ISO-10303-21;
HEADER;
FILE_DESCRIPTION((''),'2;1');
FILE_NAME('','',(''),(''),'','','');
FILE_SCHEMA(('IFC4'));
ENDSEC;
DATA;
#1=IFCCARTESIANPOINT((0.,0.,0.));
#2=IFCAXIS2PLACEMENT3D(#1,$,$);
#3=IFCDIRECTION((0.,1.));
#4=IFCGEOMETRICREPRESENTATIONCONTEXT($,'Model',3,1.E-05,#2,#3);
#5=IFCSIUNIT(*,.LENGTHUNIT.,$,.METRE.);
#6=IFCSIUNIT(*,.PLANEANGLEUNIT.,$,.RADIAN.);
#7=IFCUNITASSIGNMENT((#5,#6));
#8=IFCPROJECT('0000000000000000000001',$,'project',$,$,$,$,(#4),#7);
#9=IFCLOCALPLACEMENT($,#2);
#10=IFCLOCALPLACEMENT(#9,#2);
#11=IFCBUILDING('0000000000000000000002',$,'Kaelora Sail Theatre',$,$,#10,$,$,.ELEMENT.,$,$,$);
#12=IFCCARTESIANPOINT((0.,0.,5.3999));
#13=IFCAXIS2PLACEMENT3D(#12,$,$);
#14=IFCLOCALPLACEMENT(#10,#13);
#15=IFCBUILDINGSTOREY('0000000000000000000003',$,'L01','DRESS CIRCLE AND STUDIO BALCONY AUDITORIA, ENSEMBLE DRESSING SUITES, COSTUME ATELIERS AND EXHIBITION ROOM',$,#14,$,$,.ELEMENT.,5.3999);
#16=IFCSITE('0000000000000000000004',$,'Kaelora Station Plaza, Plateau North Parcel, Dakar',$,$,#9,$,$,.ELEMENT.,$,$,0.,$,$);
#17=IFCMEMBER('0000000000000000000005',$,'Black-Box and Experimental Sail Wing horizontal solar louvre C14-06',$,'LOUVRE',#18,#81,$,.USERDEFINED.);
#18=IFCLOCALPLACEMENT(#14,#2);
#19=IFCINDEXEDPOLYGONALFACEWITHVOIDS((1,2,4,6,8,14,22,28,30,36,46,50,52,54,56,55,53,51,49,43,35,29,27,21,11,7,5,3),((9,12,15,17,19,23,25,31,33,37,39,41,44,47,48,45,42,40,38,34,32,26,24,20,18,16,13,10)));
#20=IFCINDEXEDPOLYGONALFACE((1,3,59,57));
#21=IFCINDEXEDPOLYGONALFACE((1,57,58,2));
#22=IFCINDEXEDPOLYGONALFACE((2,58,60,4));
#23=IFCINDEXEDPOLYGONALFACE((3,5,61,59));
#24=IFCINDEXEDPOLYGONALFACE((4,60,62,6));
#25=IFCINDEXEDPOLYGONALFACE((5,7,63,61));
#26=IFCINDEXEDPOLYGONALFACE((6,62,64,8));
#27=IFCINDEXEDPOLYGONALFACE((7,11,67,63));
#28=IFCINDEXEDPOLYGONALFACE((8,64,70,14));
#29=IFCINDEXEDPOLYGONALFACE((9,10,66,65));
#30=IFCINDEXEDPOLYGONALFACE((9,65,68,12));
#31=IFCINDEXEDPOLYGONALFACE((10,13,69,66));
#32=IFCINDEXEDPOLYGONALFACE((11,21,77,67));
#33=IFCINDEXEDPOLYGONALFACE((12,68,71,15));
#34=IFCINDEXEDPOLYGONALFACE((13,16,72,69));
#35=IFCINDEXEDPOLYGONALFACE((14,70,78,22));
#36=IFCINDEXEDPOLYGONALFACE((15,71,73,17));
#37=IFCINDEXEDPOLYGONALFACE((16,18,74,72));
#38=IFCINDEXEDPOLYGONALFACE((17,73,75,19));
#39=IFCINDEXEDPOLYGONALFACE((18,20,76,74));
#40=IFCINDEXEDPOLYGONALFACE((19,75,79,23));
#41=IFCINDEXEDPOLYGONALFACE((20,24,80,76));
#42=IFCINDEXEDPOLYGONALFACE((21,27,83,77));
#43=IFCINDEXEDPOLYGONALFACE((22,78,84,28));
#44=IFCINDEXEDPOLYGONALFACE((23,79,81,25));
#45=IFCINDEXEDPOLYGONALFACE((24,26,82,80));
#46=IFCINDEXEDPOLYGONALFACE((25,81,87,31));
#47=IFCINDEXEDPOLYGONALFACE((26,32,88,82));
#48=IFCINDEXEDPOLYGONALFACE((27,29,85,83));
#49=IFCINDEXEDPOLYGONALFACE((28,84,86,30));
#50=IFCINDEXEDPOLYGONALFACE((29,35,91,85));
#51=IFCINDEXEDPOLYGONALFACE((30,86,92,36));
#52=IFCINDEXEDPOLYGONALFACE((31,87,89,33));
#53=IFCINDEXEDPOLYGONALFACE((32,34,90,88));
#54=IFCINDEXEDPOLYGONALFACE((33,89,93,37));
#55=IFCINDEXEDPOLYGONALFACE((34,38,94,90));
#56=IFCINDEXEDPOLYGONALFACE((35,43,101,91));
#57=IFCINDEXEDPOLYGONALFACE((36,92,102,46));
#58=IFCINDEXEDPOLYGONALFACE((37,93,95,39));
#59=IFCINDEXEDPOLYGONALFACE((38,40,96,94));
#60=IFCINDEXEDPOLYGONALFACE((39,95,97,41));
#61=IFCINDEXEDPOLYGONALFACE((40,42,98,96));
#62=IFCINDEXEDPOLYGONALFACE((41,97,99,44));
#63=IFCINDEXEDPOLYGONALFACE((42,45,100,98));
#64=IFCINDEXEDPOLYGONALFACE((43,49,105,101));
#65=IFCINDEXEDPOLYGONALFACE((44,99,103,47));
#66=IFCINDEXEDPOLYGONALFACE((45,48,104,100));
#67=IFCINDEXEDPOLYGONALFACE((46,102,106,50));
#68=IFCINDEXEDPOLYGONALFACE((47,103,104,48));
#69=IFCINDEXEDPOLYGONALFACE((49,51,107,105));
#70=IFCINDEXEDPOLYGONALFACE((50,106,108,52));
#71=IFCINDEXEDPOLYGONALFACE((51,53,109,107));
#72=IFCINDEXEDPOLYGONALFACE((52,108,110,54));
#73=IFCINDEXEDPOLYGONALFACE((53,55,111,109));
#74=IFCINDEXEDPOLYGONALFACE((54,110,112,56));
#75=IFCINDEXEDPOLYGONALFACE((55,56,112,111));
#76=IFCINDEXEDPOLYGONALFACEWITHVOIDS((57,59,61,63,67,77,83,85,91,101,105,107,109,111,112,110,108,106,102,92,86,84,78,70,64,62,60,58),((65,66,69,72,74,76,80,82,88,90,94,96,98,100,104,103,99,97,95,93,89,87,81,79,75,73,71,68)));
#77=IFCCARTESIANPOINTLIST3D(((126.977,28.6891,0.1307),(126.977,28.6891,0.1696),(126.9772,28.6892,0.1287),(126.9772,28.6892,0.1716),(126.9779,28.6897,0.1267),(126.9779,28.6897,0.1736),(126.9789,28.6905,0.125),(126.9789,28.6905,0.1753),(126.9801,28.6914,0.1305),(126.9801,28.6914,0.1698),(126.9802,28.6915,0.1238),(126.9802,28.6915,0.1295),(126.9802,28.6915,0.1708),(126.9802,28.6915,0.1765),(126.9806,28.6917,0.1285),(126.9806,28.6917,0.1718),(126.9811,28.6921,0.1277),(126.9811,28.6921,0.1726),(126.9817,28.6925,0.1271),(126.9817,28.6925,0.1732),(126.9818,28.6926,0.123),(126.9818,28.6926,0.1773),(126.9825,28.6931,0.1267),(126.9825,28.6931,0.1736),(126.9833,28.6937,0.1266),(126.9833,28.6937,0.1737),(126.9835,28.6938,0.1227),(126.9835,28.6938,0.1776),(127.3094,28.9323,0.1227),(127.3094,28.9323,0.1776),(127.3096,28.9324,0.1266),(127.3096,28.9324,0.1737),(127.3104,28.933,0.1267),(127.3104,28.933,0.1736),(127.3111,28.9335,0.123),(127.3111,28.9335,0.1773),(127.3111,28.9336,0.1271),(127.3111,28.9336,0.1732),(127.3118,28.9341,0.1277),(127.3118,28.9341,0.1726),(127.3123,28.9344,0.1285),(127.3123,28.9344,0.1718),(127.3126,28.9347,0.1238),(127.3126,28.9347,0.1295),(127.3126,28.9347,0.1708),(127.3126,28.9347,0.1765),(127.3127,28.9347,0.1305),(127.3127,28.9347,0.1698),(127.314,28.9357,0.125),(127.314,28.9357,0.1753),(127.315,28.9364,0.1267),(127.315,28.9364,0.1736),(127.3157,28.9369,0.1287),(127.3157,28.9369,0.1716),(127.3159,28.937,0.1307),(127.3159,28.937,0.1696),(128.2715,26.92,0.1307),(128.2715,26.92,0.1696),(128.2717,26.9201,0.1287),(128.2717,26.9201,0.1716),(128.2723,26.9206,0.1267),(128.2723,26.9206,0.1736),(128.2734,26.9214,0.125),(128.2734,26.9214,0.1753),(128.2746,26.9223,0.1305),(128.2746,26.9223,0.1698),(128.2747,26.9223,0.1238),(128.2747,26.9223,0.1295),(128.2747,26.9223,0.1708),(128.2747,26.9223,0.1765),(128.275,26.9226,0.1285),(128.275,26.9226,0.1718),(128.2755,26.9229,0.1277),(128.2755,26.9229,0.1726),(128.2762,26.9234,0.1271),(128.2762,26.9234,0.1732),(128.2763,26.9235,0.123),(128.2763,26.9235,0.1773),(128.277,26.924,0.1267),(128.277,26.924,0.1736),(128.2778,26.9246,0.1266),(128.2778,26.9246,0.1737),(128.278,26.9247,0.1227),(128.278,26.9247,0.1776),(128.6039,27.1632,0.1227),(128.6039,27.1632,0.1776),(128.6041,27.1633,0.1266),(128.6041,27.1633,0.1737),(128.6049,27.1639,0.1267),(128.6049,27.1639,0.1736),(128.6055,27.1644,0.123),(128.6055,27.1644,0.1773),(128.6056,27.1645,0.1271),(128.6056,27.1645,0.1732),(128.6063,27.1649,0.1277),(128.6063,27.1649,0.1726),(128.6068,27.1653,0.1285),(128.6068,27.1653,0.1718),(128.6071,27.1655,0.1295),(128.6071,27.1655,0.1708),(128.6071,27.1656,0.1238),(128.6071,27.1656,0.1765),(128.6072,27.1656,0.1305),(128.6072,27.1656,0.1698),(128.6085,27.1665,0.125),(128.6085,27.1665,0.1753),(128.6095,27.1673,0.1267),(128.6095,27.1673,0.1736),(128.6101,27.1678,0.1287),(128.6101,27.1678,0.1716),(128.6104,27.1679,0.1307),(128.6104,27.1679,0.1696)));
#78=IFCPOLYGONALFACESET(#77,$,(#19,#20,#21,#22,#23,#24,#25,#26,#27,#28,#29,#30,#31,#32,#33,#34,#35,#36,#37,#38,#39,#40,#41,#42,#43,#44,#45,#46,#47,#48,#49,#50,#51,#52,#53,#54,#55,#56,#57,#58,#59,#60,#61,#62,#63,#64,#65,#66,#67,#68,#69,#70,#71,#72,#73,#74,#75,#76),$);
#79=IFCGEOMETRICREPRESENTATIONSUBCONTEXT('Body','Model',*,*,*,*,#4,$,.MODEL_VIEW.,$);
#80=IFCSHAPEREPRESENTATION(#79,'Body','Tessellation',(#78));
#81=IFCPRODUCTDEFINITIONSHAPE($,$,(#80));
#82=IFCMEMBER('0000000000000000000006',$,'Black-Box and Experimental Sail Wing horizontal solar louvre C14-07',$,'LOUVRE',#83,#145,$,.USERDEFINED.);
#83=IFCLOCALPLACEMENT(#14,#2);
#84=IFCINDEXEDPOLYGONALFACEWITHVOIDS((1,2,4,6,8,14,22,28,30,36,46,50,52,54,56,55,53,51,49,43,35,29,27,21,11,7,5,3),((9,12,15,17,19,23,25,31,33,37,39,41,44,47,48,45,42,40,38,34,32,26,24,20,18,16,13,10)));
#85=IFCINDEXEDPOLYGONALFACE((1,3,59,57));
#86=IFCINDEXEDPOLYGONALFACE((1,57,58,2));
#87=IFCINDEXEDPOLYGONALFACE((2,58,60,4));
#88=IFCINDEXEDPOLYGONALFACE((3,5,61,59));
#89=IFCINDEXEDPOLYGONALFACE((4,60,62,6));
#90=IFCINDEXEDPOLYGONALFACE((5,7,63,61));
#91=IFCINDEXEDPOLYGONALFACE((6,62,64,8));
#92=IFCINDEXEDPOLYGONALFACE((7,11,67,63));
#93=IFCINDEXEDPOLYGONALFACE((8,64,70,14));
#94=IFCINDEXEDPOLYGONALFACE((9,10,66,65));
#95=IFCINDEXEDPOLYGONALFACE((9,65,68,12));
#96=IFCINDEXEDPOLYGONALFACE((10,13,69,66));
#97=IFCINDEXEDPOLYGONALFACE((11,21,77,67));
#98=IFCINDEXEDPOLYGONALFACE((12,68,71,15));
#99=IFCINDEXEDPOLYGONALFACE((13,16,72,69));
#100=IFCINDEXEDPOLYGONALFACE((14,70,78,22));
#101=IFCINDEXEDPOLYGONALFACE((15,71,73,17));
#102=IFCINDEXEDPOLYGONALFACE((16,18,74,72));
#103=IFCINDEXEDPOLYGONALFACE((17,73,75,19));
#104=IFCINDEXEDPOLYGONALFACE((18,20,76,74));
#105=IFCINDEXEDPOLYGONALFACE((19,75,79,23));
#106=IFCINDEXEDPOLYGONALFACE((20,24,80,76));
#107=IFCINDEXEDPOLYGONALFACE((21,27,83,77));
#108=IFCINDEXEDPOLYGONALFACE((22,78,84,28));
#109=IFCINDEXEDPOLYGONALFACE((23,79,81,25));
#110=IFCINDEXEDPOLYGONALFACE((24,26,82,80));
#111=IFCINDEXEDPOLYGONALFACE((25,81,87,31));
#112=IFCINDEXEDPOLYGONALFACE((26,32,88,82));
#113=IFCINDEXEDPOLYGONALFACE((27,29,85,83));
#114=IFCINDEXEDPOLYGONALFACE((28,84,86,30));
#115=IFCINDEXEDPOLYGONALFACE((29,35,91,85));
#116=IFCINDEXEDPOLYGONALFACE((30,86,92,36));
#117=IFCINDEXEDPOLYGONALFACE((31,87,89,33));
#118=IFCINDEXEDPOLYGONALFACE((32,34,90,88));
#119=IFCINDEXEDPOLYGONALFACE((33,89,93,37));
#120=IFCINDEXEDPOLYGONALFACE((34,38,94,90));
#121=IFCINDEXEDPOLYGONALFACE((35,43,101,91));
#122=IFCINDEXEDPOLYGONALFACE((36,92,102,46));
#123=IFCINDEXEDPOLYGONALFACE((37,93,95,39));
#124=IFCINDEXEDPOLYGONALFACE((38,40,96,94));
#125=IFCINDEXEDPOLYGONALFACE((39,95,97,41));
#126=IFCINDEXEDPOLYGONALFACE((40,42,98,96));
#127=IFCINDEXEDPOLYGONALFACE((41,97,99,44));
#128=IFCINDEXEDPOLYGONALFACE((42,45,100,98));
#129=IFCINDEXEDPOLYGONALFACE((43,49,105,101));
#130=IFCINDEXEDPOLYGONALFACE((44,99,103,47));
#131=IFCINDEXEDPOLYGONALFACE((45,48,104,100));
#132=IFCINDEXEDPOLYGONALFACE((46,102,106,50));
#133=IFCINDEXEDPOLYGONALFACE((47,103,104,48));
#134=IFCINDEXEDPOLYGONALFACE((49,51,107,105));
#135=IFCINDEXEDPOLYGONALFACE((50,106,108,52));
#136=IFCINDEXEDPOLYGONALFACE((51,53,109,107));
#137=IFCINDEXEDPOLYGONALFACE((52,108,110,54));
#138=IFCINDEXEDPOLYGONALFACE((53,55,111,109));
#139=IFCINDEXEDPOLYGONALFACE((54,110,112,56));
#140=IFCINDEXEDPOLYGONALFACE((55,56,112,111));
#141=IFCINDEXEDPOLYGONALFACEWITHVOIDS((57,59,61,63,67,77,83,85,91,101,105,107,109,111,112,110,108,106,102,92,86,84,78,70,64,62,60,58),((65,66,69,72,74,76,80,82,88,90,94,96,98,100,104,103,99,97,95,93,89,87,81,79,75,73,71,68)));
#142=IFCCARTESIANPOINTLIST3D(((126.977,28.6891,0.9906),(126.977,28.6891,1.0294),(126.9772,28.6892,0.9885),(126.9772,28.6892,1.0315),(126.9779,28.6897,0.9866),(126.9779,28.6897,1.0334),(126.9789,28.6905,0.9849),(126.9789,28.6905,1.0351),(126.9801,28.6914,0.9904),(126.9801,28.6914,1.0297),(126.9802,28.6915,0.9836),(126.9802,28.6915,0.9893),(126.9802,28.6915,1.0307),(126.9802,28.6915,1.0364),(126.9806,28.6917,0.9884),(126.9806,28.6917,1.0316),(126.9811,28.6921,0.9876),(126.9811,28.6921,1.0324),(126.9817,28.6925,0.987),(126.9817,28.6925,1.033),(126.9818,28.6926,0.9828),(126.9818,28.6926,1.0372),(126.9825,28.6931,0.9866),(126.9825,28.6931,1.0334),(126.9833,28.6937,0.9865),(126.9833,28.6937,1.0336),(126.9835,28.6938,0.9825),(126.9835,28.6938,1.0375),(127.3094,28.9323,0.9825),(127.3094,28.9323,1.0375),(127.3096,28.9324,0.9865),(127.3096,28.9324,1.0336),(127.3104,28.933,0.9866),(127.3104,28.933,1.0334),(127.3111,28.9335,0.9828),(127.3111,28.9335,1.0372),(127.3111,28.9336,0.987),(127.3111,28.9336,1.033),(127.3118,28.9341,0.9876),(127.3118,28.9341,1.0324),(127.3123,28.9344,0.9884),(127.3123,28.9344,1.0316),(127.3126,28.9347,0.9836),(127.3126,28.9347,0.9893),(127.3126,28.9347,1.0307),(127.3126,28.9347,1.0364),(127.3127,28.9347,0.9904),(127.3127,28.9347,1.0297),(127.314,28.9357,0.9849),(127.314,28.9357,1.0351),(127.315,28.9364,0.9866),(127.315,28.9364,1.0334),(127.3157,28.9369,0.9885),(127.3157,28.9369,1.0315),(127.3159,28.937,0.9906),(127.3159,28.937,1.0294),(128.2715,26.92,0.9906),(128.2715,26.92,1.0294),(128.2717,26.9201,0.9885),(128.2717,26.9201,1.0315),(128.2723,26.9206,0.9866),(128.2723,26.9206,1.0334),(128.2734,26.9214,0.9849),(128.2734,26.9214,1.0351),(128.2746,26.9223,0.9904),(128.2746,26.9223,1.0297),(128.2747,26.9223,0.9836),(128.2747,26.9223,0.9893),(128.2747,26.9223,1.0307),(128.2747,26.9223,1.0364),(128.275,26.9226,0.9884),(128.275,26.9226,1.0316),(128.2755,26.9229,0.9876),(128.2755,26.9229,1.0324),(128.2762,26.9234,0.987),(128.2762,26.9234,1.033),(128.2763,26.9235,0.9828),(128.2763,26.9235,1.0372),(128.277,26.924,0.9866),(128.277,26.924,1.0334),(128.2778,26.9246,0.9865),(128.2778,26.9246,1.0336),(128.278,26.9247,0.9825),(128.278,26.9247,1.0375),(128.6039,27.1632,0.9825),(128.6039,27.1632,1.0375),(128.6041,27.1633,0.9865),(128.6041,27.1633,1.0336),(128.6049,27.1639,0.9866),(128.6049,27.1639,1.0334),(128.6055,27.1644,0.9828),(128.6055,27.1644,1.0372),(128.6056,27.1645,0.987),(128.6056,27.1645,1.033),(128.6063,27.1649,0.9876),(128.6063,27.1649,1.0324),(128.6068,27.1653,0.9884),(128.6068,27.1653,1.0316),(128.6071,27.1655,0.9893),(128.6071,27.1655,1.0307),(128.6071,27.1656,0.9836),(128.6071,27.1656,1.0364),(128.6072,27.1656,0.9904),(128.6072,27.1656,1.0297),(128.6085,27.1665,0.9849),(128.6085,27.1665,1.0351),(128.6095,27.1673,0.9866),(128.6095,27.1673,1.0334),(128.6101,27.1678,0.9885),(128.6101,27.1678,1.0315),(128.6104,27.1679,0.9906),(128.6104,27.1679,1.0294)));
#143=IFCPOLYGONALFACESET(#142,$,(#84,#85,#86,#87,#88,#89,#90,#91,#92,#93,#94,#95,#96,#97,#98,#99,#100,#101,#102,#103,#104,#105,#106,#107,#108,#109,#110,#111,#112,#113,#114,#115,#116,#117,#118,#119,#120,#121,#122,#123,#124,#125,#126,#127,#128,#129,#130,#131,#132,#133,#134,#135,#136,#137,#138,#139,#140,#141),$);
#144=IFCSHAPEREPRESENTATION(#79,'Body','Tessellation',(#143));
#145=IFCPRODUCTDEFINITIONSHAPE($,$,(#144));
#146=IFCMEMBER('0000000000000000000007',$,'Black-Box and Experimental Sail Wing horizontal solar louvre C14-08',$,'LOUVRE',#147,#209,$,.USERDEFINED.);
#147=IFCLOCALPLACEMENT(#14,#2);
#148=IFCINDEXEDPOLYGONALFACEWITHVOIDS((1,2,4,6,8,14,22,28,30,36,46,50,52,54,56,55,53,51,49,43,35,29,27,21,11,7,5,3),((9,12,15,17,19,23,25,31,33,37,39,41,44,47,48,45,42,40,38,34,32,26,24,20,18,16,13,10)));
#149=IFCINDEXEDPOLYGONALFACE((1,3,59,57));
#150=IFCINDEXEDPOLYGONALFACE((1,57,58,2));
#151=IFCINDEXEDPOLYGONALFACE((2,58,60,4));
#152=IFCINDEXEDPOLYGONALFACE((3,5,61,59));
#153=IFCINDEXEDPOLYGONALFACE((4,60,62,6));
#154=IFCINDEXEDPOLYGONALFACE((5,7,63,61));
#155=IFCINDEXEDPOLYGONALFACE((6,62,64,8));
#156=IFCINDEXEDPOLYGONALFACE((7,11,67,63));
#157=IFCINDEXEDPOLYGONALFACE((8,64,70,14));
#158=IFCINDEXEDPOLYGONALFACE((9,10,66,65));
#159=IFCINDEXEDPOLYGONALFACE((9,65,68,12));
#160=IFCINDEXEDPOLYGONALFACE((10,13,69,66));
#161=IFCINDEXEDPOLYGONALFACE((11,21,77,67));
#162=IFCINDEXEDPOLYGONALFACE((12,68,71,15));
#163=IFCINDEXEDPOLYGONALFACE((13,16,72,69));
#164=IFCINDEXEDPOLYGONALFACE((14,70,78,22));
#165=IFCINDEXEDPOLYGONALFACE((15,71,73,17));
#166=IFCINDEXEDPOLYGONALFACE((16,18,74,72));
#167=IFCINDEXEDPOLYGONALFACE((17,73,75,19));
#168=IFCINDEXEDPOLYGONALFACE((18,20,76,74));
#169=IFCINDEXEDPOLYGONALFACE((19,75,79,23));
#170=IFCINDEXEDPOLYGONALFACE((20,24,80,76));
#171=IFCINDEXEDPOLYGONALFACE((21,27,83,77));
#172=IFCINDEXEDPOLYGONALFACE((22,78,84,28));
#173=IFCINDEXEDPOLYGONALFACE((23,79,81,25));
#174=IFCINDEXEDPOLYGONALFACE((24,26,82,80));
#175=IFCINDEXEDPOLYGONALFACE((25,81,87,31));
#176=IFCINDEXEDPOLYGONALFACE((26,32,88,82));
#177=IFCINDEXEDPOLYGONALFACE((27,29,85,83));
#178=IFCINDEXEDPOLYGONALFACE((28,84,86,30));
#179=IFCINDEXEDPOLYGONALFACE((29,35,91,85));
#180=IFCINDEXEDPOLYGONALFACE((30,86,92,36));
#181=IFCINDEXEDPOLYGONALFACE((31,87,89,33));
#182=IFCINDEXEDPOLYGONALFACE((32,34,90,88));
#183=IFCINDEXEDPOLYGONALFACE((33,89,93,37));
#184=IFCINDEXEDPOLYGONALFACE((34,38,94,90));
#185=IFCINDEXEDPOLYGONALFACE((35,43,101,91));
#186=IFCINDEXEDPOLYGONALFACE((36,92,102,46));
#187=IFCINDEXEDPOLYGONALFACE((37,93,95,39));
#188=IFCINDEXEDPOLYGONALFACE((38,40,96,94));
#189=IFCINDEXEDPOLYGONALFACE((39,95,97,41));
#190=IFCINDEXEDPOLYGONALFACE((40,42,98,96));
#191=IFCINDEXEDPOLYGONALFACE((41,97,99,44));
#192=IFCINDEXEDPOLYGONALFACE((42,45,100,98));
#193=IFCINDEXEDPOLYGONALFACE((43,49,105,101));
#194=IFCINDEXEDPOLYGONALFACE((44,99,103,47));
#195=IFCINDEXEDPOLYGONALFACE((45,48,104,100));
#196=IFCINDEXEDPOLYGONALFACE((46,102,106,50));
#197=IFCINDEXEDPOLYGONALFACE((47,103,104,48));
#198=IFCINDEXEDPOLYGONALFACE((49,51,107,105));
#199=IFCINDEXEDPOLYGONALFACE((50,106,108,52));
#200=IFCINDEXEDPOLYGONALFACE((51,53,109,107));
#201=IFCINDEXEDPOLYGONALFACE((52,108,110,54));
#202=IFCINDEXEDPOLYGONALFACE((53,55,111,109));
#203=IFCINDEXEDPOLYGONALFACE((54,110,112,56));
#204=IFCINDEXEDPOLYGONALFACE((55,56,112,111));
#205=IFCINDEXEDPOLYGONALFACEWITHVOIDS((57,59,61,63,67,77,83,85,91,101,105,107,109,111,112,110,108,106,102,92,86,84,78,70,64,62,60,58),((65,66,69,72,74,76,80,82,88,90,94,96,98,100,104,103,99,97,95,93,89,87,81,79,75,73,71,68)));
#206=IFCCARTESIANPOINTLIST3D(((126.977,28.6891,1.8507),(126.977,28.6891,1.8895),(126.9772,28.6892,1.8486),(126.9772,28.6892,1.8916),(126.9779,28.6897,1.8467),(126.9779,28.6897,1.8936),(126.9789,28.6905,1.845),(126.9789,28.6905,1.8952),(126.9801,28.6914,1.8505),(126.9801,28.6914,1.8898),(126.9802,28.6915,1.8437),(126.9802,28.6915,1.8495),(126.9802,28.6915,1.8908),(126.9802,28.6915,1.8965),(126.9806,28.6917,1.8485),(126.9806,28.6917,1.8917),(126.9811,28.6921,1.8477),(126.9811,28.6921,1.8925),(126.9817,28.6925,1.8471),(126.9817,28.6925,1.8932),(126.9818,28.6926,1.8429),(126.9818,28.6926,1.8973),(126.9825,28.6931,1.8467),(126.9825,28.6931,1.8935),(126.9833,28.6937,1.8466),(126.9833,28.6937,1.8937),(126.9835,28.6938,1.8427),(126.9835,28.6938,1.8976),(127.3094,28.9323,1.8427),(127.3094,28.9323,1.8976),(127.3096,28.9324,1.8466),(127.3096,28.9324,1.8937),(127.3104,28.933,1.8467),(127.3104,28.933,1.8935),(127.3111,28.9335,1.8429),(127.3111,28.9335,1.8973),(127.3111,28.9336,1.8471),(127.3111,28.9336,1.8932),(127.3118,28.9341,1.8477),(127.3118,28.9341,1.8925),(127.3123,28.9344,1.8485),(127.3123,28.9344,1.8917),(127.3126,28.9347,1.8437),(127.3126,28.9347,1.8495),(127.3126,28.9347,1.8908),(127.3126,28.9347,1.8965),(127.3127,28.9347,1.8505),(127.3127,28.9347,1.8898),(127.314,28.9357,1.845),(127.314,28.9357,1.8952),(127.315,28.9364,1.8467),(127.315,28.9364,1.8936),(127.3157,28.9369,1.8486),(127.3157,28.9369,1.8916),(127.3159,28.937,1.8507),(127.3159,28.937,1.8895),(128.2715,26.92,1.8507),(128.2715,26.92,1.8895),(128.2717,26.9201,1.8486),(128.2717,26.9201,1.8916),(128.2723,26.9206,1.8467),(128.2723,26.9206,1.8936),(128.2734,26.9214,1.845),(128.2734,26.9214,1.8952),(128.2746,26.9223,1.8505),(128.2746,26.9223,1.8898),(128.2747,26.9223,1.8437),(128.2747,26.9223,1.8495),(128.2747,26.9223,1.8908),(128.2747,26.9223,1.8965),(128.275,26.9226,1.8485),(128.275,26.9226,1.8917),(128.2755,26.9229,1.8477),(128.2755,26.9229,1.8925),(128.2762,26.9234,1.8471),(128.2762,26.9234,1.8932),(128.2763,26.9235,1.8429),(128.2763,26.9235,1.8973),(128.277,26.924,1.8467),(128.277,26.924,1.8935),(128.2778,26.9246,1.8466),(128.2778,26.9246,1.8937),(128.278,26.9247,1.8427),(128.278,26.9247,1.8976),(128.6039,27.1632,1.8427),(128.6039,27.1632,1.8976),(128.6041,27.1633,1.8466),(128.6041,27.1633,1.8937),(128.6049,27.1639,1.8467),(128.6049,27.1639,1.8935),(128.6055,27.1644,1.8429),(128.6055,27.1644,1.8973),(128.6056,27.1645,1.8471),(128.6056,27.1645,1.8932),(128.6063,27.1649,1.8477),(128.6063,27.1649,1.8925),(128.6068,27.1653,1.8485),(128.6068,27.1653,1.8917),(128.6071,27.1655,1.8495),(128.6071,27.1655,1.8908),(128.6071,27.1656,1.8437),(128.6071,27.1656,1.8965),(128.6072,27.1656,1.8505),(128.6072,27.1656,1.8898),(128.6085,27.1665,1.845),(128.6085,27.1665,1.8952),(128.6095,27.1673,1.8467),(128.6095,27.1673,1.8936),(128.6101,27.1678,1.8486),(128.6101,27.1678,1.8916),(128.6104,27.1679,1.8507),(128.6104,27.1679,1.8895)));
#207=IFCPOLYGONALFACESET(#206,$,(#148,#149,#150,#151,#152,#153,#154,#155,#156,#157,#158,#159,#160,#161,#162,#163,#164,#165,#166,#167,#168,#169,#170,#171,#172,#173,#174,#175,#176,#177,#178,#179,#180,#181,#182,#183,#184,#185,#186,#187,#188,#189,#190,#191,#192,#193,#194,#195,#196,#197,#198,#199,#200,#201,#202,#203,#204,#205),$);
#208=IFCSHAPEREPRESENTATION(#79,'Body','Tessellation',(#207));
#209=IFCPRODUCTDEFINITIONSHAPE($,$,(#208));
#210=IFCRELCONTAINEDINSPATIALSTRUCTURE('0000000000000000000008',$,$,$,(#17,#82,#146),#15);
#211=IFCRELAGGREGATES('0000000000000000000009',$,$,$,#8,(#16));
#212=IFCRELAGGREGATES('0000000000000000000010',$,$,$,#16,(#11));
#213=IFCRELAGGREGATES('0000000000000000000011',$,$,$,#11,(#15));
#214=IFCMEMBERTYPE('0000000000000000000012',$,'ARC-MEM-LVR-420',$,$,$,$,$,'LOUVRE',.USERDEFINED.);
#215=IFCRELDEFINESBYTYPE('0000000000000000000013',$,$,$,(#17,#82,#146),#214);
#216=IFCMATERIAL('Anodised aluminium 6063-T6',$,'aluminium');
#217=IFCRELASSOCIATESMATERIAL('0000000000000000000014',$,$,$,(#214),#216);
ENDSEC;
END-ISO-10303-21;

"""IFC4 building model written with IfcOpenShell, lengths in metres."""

from ifc_helpers import new_model, si_unit, direction, frame, origin, origin_2d, place, context, subcontext, project, spatial, hollow_rectangle, extrude, material, material_profile, profile_set, type_object, element, save


model = new_model("IFC4")

# Units and contexts
model_context = context("Model", 3, precision=1e-05, world=origin(), true_north=direction((0.0, 1.0)))
body_context = subcontext(model_context, "Body", "Model", "MODEL_VIEW")
ifc_project = project(units=[si_unit("LENGTHUNIT", "METRE"), si_unit("PLANEANGLEUNIT", "RADIAN")], contexts=[model_context])

# Site, building, storey
site_placement = place(None, origin())
site = spatial("IfcSite", under=ifc_project, at=site_placement, Name="Kaelora Station Plaza, Plateau North Parcel, Dakar", CompositionType="ELEMENT", RefElevation=0.0)
building_placement = place(site_placement, origin())
building = spatial("IfcBuilding", under=site, at=building_placement, Name="Kaelora Sail Theatre", CompositionType="ELEMENT")
storey_placement = place(building_placement, frame((0.0, 0.0, 5.3999)))
storey = spatial("IfcBuildingStorey", under=building, at=storey_placement, Name="L01", Description="DRESS CIRCLE AND STUDIO BALCONY AUDITORIA, ENSEMBLE DRESSING SUITES, COSTUME ATELIERS AND EXHIBITION ROOM", CompositionType="ELEMENT", Elevation=5.3999)

# Members
ifc_material_1 = material(Name="Anodised aluminium 6063-T6", Category="aluminium")
ifc_material_profile_1 = material_profile(ifc_material_1, hollow_rectangle(XDim=0.4199, YDim=0.0549, WallThickness=0.0039, InnerFilletRadius=0.0039, OuterFilletRadius=0.0081, at=origin_2d()), Name="LOUVRE 420x55x4")
ifc_profile_set_1 = profile_set([ifc_material_profile_1], Name="Anodised aluminium 6063-T6")
member_type = type_object("IfcMemberType", Name="ARC-MEM-LVR-420", ElementType="LOUVRE", PredefinedType="USERDEFINED", material=ifc_profile_set_1)
for number, where, z_axis, x_axis, name in (
    (1, (128.4409, 27.0439, 0.1501), (-0.590514, 0.807028, 0.0), (-0.807028, -0.590514, 0.0), "Black-Box and Experimental Sail Wing horizontal solar louvre C14-06"),
    (2, (128.4409, 27.0439, 1.01), (-0.590514, 0.807028, 0.0), (-0.807028, -0.590514, 0.0), "Black-Box and Experimental Sail Wing horizontal solar louvre C14-07"),
    (3, (128.4409, 27.0439, 1.8701), (-0.590514, 0.807028, 0.0), (-0.807028, -0.590514, 0.0), "Black-Box and Experimental Sail Wing horizontal solar louvre C14-08"),
):
    element("IfcMember", number, at=place(storey_placement, frame(where, z_axis=z_axis, x_axis=x_axis)), inside=storey, type_object=member_type, Name=name, ObjectType="LOUVRE", PredefinedType="USERDEFINED", context=body_context, shape_type="SweptSolid", body=[
        extrude(hollow_rectangle(XDim=0.4199, YDim=0.0549, WallThickness=0.0039, InnerFilletRadius=0.0039, OuterFilletRadius=0.0081, at=origin_2d()), origin(), (0.0, 0.0, 1.0), 2.1921),
    ])

save(model, "model.ifc")
